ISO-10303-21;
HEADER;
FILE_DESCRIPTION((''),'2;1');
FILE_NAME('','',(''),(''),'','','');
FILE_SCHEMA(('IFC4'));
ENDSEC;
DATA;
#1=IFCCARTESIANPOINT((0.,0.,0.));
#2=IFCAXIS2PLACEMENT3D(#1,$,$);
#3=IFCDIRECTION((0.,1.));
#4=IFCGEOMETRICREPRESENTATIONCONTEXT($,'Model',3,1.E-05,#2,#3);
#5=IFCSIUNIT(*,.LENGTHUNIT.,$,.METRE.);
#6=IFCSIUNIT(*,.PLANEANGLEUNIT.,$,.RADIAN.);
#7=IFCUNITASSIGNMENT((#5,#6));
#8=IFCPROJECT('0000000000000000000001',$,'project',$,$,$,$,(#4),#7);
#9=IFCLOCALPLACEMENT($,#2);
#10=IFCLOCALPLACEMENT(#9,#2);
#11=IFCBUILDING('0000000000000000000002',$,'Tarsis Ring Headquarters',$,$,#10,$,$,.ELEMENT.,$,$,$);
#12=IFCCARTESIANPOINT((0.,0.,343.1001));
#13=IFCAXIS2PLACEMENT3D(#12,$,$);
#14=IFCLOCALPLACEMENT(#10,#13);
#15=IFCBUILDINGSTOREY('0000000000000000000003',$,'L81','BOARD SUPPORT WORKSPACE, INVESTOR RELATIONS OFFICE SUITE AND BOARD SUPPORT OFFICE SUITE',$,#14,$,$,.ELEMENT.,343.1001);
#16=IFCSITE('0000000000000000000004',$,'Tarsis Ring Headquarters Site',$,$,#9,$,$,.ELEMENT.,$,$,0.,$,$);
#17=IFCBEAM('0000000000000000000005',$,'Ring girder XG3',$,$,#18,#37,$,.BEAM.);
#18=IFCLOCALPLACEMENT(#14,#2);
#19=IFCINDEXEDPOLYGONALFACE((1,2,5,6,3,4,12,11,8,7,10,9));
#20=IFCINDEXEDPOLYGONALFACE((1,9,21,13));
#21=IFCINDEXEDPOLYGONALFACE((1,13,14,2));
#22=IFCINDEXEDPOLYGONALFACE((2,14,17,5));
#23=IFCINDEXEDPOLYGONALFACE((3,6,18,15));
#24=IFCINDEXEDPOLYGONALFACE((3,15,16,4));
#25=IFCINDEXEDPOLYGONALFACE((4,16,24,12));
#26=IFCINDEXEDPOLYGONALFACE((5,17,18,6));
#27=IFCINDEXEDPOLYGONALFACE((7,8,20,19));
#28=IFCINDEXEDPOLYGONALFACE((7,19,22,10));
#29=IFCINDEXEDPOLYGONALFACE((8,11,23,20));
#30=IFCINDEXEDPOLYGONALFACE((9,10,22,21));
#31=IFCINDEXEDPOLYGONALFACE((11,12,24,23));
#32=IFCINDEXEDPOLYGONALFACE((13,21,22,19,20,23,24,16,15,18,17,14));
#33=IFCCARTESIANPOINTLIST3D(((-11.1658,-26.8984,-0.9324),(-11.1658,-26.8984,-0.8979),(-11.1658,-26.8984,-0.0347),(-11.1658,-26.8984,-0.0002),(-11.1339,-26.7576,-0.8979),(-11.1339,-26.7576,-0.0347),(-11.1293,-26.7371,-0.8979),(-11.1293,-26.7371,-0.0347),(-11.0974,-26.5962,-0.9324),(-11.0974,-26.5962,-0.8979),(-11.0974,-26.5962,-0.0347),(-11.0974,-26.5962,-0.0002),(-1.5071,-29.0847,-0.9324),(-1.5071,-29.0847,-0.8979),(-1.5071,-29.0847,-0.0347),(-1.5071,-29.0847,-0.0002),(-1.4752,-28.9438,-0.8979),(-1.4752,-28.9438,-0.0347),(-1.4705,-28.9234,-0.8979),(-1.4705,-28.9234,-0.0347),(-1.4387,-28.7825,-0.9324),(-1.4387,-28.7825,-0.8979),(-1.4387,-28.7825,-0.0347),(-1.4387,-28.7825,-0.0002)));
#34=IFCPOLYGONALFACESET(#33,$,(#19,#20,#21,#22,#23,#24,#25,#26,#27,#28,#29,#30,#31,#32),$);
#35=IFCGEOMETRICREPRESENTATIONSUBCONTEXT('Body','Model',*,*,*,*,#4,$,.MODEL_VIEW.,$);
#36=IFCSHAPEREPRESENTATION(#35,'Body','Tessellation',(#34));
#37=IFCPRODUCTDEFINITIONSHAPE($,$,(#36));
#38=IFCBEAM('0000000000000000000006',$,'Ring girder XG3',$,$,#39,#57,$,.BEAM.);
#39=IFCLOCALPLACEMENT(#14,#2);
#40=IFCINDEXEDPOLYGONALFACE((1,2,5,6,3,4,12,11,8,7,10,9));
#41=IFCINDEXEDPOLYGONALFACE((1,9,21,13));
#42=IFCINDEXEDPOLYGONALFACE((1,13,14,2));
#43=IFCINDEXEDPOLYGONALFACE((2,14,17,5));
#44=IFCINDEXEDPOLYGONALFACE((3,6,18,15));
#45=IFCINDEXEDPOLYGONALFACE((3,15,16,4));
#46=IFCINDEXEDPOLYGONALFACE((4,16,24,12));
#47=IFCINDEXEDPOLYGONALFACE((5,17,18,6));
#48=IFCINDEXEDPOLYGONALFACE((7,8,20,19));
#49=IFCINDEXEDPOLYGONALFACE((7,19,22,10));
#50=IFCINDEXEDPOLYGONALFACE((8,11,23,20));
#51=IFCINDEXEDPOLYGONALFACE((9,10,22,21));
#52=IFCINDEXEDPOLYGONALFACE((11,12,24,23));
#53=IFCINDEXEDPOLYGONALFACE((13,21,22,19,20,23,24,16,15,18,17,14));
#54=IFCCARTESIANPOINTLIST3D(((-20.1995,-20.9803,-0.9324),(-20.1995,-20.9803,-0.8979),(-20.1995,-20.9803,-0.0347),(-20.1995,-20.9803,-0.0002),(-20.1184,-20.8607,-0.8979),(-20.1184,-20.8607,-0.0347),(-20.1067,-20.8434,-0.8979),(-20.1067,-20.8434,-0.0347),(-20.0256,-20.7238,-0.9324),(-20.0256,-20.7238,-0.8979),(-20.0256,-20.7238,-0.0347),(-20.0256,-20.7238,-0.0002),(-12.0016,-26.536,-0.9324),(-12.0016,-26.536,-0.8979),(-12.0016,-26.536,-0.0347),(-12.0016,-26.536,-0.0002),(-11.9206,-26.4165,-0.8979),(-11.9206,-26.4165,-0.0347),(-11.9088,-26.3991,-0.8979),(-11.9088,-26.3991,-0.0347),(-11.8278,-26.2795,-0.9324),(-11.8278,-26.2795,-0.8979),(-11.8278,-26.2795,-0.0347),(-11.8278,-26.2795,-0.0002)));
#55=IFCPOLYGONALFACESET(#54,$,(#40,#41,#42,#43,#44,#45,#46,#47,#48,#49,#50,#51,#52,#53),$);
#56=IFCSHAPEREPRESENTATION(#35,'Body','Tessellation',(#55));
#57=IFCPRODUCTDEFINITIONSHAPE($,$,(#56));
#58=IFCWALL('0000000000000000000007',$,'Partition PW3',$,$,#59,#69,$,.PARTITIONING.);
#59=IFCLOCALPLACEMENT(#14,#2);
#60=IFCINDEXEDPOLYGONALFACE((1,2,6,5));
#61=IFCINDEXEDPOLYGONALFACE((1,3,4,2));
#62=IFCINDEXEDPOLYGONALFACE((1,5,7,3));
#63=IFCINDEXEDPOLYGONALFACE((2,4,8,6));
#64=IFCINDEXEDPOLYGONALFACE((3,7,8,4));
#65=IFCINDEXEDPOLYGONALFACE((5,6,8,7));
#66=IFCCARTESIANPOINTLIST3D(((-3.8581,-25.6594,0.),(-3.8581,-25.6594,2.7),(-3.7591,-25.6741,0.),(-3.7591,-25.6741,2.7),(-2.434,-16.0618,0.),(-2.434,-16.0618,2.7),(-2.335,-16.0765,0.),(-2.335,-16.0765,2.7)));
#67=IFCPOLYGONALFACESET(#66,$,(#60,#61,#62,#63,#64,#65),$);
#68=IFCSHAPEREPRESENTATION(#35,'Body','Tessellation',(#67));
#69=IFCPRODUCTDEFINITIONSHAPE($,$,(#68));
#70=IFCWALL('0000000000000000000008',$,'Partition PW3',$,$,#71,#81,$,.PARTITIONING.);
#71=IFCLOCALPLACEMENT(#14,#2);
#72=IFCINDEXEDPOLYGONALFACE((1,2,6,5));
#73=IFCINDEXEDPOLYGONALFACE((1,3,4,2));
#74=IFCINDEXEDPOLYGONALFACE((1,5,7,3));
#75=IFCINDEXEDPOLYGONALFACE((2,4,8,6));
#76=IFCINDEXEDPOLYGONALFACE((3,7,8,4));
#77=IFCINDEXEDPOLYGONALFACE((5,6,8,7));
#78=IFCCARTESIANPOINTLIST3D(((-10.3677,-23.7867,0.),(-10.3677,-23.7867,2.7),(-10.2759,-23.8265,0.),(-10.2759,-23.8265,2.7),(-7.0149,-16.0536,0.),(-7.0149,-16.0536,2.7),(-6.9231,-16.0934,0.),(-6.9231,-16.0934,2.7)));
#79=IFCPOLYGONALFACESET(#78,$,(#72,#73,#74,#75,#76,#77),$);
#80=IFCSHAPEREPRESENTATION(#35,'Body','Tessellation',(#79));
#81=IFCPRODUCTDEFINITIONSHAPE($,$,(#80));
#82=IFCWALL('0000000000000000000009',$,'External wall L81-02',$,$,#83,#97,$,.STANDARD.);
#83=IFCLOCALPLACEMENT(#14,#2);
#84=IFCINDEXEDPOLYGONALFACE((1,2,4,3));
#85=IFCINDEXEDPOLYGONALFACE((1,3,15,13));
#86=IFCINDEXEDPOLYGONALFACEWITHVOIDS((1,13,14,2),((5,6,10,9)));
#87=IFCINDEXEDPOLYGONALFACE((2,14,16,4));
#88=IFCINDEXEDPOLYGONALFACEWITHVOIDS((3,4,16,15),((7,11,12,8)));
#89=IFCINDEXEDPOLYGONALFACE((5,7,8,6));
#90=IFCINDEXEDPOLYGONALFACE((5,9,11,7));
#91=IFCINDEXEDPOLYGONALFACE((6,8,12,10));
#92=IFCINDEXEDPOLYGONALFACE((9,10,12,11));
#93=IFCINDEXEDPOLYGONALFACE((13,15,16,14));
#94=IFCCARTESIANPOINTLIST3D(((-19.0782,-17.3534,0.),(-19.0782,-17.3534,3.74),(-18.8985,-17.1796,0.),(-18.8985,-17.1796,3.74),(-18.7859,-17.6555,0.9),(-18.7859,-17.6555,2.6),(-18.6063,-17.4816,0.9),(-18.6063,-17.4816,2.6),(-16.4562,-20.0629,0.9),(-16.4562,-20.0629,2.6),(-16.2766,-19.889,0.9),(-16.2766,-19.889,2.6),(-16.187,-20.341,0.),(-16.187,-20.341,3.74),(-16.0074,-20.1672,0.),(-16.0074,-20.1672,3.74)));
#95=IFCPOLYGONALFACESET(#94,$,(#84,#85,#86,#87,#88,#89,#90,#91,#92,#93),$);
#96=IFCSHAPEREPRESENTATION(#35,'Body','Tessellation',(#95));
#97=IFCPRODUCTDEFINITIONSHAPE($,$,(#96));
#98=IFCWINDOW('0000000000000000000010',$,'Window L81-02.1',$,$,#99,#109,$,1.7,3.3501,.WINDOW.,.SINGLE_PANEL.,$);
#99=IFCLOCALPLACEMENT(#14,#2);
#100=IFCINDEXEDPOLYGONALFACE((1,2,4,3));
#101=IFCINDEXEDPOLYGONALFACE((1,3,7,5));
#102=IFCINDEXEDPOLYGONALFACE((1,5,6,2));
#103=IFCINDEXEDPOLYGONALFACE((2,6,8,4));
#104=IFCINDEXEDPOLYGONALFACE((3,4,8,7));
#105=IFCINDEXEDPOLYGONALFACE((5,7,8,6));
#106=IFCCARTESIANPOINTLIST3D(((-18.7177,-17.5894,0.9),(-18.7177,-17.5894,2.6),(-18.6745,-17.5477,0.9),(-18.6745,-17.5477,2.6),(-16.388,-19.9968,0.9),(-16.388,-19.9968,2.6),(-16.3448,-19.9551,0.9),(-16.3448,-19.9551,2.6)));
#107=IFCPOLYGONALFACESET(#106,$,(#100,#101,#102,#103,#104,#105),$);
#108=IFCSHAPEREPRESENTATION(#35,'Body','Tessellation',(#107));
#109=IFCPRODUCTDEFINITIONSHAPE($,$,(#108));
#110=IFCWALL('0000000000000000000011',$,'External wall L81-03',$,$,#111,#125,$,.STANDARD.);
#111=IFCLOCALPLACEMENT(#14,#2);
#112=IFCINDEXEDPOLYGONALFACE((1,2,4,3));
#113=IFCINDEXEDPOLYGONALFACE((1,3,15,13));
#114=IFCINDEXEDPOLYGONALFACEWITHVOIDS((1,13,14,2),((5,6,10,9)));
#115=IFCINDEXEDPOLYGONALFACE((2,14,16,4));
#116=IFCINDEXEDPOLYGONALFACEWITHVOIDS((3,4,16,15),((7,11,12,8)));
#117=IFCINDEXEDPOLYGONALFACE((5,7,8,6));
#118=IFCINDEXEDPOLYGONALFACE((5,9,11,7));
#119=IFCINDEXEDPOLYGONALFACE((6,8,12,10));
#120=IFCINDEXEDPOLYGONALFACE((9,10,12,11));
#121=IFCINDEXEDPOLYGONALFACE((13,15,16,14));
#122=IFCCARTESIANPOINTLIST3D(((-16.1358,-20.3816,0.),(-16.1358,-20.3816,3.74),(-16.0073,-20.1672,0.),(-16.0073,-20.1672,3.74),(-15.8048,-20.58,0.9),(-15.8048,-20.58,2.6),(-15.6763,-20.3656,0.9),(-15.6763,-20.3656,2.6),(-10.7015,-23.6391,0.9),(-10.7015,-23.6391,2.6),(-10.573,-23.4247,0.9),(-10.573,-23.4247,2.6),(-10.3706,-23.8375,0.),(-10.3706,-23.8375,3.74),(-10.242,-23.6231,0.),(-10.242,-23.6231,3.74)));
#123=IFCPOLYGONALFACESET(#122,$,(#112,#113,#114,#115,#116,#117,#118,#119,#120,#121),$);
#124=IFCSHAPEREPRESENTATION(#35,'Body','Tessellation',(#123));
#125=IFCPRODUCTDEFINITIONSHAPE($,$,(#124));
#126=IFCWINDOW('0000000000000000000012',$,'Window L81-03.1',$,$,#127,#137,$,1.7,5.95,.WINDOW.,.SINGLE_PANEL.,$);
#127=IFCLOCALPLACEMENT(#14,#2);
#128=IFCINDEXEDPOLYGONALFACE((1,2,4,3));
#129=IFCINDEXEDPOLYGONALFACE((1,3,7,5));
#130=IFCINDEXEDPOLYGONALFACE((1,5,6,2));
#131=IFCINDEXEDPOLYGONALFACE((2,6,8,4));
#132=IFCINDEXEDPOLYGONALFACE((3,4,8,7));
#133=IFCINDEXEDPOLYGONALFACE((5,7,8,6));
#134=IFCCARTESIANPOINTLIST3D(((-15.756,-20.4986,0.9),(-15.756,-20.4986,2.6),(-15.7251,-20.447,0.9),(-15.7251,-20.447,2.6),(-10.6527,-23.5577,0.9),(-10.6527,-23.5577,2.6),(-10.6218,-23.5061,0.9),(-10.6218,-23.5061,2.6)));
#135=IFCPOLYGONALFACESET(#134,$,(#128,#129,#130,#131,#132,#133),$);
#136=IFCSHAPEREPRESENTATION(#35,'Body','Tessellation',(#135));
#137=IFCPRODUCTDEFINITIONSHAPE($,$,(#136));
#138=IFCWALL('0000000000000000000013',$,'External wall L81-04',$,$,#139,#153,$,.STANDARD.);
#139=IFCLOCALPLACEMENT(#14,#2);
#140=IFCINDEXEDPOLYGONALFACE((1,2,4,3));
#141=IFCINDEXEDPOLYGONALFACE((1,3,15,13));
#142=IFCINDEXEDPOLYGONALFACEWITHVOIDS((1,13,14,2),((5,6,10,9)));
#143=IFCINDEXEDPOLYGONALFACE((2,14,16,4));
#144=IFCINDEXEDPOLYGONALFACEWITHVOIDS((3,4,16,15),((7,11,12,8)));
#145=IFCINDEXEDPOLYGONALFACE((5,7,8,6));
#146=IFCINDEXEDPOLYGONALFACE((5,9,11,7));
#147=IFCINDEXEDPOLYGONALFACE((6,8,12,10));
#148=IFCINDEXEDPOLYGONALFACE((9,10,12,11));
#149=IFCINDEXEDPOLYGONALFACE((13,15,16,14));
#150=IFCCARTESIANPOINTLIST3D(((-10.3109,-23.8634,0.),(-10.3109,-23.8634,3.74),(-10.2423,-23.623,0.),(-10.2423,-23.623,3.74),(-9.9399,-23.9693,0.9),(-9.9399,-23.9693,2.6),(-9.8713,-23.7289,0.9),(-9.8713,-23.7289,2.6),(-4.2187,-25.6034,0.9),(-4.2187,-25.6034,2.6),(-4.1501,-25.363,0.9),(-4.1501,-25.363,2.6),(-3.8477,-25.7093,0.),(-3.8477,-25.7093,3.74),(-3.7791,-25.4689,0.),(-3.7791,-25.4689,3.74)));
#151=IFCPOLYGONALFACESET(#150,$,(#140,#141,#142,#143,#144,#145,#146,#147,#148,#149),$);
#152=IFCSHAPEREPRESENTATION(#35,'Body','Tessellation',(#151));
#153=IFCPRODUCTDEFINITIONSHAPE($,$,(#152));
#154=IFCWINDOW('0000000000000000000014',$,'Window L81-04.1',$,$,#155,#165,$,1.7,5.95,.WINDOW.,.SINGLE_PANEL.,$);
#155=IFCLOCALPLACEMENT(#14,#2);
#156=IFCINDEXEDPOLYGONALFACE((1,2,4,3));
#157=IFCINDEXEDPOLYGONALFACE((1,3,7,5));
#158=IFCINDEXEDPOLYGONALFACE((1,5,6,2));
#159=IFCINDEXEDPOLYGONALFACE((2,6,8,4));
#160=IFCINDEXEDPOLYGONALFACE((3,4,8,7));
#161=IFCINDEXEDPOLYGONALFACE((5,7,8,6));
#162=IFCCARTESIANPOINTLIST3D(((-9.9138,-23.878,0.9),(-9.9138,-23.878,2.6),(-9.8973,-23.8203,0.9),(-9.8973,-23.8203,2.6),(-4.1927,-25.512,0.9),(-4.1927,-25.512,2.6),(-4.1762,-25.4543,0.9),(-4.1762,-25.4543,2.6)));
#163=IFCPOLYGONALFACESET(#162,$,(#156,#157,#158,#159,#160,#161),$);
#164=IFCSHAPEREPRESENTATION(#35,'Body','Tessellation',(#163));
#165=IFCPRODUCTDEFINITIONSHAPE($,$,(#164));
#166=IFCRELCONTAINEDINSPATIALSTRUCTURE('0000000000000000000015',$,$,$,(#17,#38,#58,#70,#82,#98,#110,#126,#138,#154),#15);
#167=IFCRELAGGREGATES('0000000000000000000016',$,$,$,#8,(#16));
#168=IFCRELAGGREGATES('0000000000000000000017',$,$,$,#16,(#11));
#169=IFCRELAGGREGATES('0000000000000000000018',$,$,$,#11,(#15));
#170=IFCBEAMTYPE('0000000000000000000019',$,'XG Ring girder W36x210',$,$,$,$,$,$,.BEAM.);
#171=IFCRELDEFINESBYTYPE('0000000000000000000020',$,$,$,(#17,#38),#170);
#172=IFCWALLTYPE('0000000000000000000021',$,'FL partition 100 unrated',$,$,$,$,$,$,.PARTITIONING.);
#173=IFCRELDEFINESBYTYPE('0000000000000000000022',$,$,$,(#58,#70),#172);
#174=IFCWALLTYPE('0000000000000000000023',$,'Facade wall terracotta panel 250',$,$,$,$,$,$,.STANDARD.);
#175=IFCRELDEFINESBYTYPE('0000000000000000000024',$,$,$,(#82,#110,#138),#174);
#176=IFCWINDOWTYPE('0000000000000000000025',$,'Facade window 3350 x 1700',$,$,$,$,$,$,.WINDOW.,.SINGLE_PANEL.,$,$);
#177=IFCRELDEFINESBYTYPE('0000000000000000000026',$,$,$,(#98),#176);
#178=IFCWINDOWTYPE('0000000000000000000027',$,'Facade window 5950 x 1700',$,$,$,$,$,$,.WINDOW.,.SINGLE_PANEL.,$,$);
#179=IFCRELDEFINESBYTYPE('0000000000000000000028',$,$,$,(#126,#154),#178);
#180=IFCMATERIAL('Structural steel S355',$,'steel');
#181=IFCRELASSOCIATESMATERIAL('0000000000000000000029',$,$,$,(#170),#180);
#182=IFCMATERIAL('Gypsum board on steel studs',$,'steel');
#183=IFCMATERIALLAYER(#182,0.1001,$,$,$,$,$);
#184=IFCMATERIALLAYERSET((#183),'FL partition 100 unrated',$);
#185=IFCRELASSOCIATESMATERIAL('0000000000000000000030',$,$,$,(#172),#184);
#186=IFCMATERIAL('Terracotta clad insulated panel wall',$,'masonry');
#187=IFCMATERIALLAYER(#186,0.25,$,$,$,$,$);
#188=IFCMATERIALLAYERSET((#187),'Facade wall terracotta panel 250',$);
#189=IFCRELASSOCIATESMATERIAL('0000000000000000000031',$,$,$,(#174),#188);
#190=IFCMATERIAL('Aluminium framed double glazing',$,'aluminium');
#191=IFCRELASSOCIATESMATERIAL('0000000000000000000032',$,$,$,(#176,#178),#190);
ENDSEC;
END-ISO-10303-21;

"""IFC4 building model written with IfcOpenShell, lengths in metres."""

from ifc_helpers import new_model, si_unit, direction, frame, frame_2d, origin, origin_2d, place, context, subcontext, project, spatial, rectangle, i_section, extrude, material, layer, layer_set, material_profile, profile_set, type_object, element, fill, save


model = new_model("IFC4")

# Units and contexts
model_context = context("Model", 3, precision=1e-05, world=origin(), true_north=direction((0.0, 1.0)))
body_context = subcontext(model_context, "Body", "Model", "MODEL_VIEW")
ifc_project = project(units=[si_unit("LENGTHUNIT", "METRE"), si_unit("PLANEANGLEUNIT", "RADIAN")], contexts=[model_context])

# Site, building, storey
site_placement = place(None, origin())
site = spatial("IfcSite", under=ifc_project, at=site_placement, Name="Tarsis Ring Headquarters Site", CompositionType="ELEMENT", RefElevation=0.0)
building_placement = place(site_placement, origin())
building = spatial("IfcBuilding", under=site, at=building_placement, Name="Tarsis Ring Headquarters", CompositionType="ELEMENT")
storey_placement = place(building_placement, frame((0.0, 0.0, 343.1001)))
storey = spatial("IfcBuildingStorey", under=building, at=storey_placement, Name="L81", Description="BOARD SUPPORT WORKSPACE, INVESTOR RELATIONS OFFICE SUITE AND BOARD SUPPORT OFFICE SUITE", CompositionType="ELEMENT", Elevation=343.1001)

# Shared definitions
ifc_material_1 = material(Name="Structural steel S355", Category="steel")

# Beams
ifc_material_profile_1 = material_profile(ifc_material_1, i_section(OverallWidth=0.3098, OverallDepth=0.9321, WebThickness=0.021, FlangeThickness=0.0344, at=origin_2d()), Name="W36x210")
ifc_profile_set_1 = profile_set([ifc_material_profile_1], Name="Structural steel S355")
beam_type_1 = type_object("IfcBeamType", Name="XG Ring girder W36x210", PredefinedType="BEAM", material=ifc_profile_set_1)
for number, where, z_axis, x_axis, name in (
    (1, (-11.1316, -26.7473, -0.4663), (0.975326, -0.220769, 0.0), (0.220769, 0.975326, 0.0), "Ring girder XG3"),
    (2, (-20.1125, -20.8521, -0.4663), (0.827809, -0.561011, 0.0), (0.561011, 0.827809, 0.0), "Ring girder XG3"),
):
    element("IfcBeam", number, at=place(storey_placement, frame(where, z_axis=z_axis, x_axis=x_axis)), inside=storey, type_object=beam_type_1, Name=name, PredefinedType="BEAM", context=body_context, shape_type="SweptSolid", body=[
        extrude(i_section(OverallWidth=0.3098, OverallDepth=0.9321, WebThickness=0.021, FlangeThickness=0.0344, at=origin_2d()), origin(), (0.0, 0.0, 1.0), 9.9031),
    ])

# Walls
ifc_material_2 = material(Name="Gypsum board on steel studs", Category="steel")
ifc_layer_1 = layer(ifc_material_2, 0.1001)
ifc_layer_set_1 = layer_set([ifc_layer_1], Name="FL partition 100 unrated")
wall_type_1 = type_object("IfcWallType", Name="FL partition 100 unrated", PredefinedType="PARTITIONING", material=ifc_layer_set_1)
wall_1_placement = place(storey_placement, frame((-3.8086, -25.6667, 0.0), z_axis=(0.0, 0.0, 1.0), x_axis=(0.14677, 0.989171, 0.0)))
element("IfcWall", 3, at=wall_1_placement, inside=storey, type_object=wall_type_1, Name="Partition PW3", PredefinedType="PARTITIONING", context=body_context, shape_type="SweptSolid", body=[
    extrude(rectangle(XDim=9.7026, YDim=0.1001, at=frame_2d((4.8513, 0.0))), origin(), (0.0, 0.0, 1.0), 2.7),
])
wall_2_placement = place(storey_placement, frame((-10.3218, -23.8066, 0.0), z_axis=(0.0, 0.0, 1.0), x_axis=(0.397782, 0.91748, 0.0)))
element("IfcWall", 4, at=wall_2_placement, inside=storey, type_object=wall_type_1, Name="Partition PW3", PredefinedType="PARTITIONING", context=body_context, shape_type="SweptSolid", body=[
    extrude(rectangle(XDim=8.4287, YDim=0.1001, at=frame_2d((4.2144, 0.0))), origin(), (0.0, 0.0, 1.0), 2.7),
])

# Walls, openings, windows
ifc_material_3 = material(Name="Terracotta clad insulated panel wall", Category="masonry")
ifc_layer_2 = layer(ifc_material_3, 0.25)
ifc_layer_set_2 = layer_set([ifc_layer_2], Name="Facade wall terracotta panel 250")
wall_type_2 = type_object("IfcWallType", Name="Facade wall terracotta panel 250", PredefinedType="STANDARD", material=ifc_layer_set_2)
wall_3_placement = place(storey_placement, frame((-18.9883, -17.2666, 0.0), z_axis=(0.0, 0.0, 1.0), x_axis=(0.695414, -0.71861, 0.0)))
wall_3 = element("IfcWall", 5, at=wall_3_placement, inside=storey, type_object=wall_type_2, Name="External wall L81-02", PredefinedType="STANDARD", context=body_context, shape_type="SweptSolid", body=[
    extrude(rectangle(XDim=4.1575, YDim=0.25, at=frame_2d((2.0786, 0.0))), origin(), (0.0, 0.0, 1.0), 3.74),
])
opening_1_placement = place(wall_3_placement, frame((0.4202, 0.0, 0.8999)))
opening_1 = element("IfcOpeningElement", 6, at=opening_1_placement, cuts=wall_3, PredefinedType="OPENING", context=body_context, shape_type="SweptSolid", body=[
    extrude(rectangle(XDim=3.3501, YDim=1.7, at=frame_2d((1.675, 0.8501))), frame((0.0, 0.135, 0.0), z_axis=(0.0, -1.0, 0.0), x_axis=(1.0, 0.0, 0.0)), (0.0, 0.0, 1.0), 0.27),
])
ifc_material_4 = material(Name="Aluminium framed double glazing", Category="aluminium")
window_type_1 = type_object("IfcWindowType", Name="Facade window 3350 x 1700", PartitioningType="SINGLE_PANEL", PredefinedType="WINDOW", material=ifc_material_4)
window_1_placement = place(opening_1_placement, origin())
window_1 = element("IfcWindow", 7, at=window_1_placement, inside=storey, type_object=window_type_1, Name="Window L81-02.1", OverallHeight=1.7, OverallWidth=3.3501, PartitioningType="SINGLE_PANEL", PredefinedType="WINDOW", context=body_context, shape_type="SweptSolid", body=[
    extrude(rectangle(XDim=3.3501, YDim=1.7, at=frame_2d((1.675, 0.8501))), frame((0.0, 0.03, 0.0), z_axis=(0.0, -1.0, 0.0), x_axis=(1.0, 0.0, 0.0)), (0.0, 0.0, 1.0), 0.0601),
])
fill(opening_1, window_1)
wall_4_placement = place(storey_placement, frame((-16.0715, -20.2744, 0.0), z_axis=(0.0, 0.0, 1.0), x_axis=(0.857708, -0.514138, 0.0)))
wall_4 = element("IfcWall", 8, at=wall_4_placement, inside=storey, type_object=wall_type_2, Name="External wall L81-03", PredefinedType="STANDARD", context=body_context, shape_type="SweptSolid", body=[
    extrude(rectangle(XDim=6.7217, YDim=0.25, at=frame_2d((3.3608, 0.0))), origin(), (0.0, 0.0, 1.0), 3.74),
])
opening_2_placement = place(wall_4_placement, frame((0.3857, 0.0, 0.8999)))
opening_2 = element("IfcOpeningElement", 9, at=opening_2_placement, cuts=wall_4, PredefinedType="OPENING", context=body_context, shape_type="SweptSolid", body=[
    extrude(rectangle(XDim=5.95, YDim=1.7, at=frame_2d((2.9751, 0.8501))), frame((0.0, 0.135, 0.0), z_axis=(0.0, -1.0, 0.0), x_axis=(1.0, 0.0, 0.0)), (0.0, 0.0, 1.0), 0.27),
])
window_type_2 = type_object("IfcWindowType", Name="Facade window 5950 x 1700", PartitioningType="SINGLE_PANEL", PredefinedType="WINDOW", material=ifc_material_4)
window_2_placement = place(opening_2_placement, origin())
window_2 = element("IfcWindow", 10, at=window_2_placement, inside=storey, type_object=window_type_2, Name="Window L81-03.1", OverallHeight=1.7, OverallWidth=5.95, PartitioningType="SINGLE_PANEL", PredefinedType="WINDOW", context=body_context, shape_type="SweptSolid", body=[
    extrude(rectangle(XDim=5.95, YDim=1.7, at=frame_2d((2.9751, 0.8501))), frame((0.0, 0.03, 0.0), z_axis=(0.0, -1.0, 0.0), x_axis=(1.0, 0.0, 0.0)), (0.0, 0.0, 1.0), 0.0601),
])
fill(opening_2, window_2)
wall_5_placement = place(storey_placement, frame((-10.2766, -23.7432, 0.0), z_axis=(0.0, 0.0, 1.0), x_axis=(0.96155, -0.27463, 0.0)))
wall_5 = element("IfcWall", 11, at=wall_5_placement, inside=storey, type_object=wall_type_2, Name="External wall L81-04", PredefinedType="STANDARD", context=body_context, shape_type="SweptSolid", body=[
    extrude(rectangle(XDim=6.7217, YDim=0.25, at=frame_2d((3.3608, 0.0))), origin(), (0.0, 0.0, 1.0), 3.74),
])
opening_3_placement = place(wall_5_placement, frame((0.3857, 0.0, 0.8999)))
opening_3 = element("IfcOpeningElement", 12, at=opening_3_placement, cuts=wall_5, PredefinedType="OPENING", context=body_context, shape_type="SweptSolid", body=[
    extrude(rectangle(XDim=5.95, YDim=1.7, at=frame_2d((2.9751, 0.8501))), frame((0.0, 0.135, 0.0), z_axis=(0.0, -1.0, 0.0), x_axis=(1.0, 0.0, 0.0)), (0.0, 0.0, 1.0), 0.27),
])
window_3_placement = place(opening_3_placement, origin())
window_3 = element("IfcWindow", 13, at=window_3_placement, inside=storey, type_object=window_type_2, Name="Window L81-04.1", OverallHeight=1.7, OverallWidth=5.95, PartitioningType="SINGLE_PANEL", PredefinedType="WINDOW", context=body_context, shape_type="SweptSolid", body=[
    extrude(rectangle(XDim=5.95, YDim=1.7, at=frame_2d((2.9751, 0.8501))), frame((0.0, 0.03, 0.0), z_axis=(0.0, -1.0, 0.0), x_axis=(1.0, 0.0, 0.0)), (0.0, 0.0, 1.0), 0.0601),
])
fill(opening_3, window_3)

save(model, "model.ifc")
